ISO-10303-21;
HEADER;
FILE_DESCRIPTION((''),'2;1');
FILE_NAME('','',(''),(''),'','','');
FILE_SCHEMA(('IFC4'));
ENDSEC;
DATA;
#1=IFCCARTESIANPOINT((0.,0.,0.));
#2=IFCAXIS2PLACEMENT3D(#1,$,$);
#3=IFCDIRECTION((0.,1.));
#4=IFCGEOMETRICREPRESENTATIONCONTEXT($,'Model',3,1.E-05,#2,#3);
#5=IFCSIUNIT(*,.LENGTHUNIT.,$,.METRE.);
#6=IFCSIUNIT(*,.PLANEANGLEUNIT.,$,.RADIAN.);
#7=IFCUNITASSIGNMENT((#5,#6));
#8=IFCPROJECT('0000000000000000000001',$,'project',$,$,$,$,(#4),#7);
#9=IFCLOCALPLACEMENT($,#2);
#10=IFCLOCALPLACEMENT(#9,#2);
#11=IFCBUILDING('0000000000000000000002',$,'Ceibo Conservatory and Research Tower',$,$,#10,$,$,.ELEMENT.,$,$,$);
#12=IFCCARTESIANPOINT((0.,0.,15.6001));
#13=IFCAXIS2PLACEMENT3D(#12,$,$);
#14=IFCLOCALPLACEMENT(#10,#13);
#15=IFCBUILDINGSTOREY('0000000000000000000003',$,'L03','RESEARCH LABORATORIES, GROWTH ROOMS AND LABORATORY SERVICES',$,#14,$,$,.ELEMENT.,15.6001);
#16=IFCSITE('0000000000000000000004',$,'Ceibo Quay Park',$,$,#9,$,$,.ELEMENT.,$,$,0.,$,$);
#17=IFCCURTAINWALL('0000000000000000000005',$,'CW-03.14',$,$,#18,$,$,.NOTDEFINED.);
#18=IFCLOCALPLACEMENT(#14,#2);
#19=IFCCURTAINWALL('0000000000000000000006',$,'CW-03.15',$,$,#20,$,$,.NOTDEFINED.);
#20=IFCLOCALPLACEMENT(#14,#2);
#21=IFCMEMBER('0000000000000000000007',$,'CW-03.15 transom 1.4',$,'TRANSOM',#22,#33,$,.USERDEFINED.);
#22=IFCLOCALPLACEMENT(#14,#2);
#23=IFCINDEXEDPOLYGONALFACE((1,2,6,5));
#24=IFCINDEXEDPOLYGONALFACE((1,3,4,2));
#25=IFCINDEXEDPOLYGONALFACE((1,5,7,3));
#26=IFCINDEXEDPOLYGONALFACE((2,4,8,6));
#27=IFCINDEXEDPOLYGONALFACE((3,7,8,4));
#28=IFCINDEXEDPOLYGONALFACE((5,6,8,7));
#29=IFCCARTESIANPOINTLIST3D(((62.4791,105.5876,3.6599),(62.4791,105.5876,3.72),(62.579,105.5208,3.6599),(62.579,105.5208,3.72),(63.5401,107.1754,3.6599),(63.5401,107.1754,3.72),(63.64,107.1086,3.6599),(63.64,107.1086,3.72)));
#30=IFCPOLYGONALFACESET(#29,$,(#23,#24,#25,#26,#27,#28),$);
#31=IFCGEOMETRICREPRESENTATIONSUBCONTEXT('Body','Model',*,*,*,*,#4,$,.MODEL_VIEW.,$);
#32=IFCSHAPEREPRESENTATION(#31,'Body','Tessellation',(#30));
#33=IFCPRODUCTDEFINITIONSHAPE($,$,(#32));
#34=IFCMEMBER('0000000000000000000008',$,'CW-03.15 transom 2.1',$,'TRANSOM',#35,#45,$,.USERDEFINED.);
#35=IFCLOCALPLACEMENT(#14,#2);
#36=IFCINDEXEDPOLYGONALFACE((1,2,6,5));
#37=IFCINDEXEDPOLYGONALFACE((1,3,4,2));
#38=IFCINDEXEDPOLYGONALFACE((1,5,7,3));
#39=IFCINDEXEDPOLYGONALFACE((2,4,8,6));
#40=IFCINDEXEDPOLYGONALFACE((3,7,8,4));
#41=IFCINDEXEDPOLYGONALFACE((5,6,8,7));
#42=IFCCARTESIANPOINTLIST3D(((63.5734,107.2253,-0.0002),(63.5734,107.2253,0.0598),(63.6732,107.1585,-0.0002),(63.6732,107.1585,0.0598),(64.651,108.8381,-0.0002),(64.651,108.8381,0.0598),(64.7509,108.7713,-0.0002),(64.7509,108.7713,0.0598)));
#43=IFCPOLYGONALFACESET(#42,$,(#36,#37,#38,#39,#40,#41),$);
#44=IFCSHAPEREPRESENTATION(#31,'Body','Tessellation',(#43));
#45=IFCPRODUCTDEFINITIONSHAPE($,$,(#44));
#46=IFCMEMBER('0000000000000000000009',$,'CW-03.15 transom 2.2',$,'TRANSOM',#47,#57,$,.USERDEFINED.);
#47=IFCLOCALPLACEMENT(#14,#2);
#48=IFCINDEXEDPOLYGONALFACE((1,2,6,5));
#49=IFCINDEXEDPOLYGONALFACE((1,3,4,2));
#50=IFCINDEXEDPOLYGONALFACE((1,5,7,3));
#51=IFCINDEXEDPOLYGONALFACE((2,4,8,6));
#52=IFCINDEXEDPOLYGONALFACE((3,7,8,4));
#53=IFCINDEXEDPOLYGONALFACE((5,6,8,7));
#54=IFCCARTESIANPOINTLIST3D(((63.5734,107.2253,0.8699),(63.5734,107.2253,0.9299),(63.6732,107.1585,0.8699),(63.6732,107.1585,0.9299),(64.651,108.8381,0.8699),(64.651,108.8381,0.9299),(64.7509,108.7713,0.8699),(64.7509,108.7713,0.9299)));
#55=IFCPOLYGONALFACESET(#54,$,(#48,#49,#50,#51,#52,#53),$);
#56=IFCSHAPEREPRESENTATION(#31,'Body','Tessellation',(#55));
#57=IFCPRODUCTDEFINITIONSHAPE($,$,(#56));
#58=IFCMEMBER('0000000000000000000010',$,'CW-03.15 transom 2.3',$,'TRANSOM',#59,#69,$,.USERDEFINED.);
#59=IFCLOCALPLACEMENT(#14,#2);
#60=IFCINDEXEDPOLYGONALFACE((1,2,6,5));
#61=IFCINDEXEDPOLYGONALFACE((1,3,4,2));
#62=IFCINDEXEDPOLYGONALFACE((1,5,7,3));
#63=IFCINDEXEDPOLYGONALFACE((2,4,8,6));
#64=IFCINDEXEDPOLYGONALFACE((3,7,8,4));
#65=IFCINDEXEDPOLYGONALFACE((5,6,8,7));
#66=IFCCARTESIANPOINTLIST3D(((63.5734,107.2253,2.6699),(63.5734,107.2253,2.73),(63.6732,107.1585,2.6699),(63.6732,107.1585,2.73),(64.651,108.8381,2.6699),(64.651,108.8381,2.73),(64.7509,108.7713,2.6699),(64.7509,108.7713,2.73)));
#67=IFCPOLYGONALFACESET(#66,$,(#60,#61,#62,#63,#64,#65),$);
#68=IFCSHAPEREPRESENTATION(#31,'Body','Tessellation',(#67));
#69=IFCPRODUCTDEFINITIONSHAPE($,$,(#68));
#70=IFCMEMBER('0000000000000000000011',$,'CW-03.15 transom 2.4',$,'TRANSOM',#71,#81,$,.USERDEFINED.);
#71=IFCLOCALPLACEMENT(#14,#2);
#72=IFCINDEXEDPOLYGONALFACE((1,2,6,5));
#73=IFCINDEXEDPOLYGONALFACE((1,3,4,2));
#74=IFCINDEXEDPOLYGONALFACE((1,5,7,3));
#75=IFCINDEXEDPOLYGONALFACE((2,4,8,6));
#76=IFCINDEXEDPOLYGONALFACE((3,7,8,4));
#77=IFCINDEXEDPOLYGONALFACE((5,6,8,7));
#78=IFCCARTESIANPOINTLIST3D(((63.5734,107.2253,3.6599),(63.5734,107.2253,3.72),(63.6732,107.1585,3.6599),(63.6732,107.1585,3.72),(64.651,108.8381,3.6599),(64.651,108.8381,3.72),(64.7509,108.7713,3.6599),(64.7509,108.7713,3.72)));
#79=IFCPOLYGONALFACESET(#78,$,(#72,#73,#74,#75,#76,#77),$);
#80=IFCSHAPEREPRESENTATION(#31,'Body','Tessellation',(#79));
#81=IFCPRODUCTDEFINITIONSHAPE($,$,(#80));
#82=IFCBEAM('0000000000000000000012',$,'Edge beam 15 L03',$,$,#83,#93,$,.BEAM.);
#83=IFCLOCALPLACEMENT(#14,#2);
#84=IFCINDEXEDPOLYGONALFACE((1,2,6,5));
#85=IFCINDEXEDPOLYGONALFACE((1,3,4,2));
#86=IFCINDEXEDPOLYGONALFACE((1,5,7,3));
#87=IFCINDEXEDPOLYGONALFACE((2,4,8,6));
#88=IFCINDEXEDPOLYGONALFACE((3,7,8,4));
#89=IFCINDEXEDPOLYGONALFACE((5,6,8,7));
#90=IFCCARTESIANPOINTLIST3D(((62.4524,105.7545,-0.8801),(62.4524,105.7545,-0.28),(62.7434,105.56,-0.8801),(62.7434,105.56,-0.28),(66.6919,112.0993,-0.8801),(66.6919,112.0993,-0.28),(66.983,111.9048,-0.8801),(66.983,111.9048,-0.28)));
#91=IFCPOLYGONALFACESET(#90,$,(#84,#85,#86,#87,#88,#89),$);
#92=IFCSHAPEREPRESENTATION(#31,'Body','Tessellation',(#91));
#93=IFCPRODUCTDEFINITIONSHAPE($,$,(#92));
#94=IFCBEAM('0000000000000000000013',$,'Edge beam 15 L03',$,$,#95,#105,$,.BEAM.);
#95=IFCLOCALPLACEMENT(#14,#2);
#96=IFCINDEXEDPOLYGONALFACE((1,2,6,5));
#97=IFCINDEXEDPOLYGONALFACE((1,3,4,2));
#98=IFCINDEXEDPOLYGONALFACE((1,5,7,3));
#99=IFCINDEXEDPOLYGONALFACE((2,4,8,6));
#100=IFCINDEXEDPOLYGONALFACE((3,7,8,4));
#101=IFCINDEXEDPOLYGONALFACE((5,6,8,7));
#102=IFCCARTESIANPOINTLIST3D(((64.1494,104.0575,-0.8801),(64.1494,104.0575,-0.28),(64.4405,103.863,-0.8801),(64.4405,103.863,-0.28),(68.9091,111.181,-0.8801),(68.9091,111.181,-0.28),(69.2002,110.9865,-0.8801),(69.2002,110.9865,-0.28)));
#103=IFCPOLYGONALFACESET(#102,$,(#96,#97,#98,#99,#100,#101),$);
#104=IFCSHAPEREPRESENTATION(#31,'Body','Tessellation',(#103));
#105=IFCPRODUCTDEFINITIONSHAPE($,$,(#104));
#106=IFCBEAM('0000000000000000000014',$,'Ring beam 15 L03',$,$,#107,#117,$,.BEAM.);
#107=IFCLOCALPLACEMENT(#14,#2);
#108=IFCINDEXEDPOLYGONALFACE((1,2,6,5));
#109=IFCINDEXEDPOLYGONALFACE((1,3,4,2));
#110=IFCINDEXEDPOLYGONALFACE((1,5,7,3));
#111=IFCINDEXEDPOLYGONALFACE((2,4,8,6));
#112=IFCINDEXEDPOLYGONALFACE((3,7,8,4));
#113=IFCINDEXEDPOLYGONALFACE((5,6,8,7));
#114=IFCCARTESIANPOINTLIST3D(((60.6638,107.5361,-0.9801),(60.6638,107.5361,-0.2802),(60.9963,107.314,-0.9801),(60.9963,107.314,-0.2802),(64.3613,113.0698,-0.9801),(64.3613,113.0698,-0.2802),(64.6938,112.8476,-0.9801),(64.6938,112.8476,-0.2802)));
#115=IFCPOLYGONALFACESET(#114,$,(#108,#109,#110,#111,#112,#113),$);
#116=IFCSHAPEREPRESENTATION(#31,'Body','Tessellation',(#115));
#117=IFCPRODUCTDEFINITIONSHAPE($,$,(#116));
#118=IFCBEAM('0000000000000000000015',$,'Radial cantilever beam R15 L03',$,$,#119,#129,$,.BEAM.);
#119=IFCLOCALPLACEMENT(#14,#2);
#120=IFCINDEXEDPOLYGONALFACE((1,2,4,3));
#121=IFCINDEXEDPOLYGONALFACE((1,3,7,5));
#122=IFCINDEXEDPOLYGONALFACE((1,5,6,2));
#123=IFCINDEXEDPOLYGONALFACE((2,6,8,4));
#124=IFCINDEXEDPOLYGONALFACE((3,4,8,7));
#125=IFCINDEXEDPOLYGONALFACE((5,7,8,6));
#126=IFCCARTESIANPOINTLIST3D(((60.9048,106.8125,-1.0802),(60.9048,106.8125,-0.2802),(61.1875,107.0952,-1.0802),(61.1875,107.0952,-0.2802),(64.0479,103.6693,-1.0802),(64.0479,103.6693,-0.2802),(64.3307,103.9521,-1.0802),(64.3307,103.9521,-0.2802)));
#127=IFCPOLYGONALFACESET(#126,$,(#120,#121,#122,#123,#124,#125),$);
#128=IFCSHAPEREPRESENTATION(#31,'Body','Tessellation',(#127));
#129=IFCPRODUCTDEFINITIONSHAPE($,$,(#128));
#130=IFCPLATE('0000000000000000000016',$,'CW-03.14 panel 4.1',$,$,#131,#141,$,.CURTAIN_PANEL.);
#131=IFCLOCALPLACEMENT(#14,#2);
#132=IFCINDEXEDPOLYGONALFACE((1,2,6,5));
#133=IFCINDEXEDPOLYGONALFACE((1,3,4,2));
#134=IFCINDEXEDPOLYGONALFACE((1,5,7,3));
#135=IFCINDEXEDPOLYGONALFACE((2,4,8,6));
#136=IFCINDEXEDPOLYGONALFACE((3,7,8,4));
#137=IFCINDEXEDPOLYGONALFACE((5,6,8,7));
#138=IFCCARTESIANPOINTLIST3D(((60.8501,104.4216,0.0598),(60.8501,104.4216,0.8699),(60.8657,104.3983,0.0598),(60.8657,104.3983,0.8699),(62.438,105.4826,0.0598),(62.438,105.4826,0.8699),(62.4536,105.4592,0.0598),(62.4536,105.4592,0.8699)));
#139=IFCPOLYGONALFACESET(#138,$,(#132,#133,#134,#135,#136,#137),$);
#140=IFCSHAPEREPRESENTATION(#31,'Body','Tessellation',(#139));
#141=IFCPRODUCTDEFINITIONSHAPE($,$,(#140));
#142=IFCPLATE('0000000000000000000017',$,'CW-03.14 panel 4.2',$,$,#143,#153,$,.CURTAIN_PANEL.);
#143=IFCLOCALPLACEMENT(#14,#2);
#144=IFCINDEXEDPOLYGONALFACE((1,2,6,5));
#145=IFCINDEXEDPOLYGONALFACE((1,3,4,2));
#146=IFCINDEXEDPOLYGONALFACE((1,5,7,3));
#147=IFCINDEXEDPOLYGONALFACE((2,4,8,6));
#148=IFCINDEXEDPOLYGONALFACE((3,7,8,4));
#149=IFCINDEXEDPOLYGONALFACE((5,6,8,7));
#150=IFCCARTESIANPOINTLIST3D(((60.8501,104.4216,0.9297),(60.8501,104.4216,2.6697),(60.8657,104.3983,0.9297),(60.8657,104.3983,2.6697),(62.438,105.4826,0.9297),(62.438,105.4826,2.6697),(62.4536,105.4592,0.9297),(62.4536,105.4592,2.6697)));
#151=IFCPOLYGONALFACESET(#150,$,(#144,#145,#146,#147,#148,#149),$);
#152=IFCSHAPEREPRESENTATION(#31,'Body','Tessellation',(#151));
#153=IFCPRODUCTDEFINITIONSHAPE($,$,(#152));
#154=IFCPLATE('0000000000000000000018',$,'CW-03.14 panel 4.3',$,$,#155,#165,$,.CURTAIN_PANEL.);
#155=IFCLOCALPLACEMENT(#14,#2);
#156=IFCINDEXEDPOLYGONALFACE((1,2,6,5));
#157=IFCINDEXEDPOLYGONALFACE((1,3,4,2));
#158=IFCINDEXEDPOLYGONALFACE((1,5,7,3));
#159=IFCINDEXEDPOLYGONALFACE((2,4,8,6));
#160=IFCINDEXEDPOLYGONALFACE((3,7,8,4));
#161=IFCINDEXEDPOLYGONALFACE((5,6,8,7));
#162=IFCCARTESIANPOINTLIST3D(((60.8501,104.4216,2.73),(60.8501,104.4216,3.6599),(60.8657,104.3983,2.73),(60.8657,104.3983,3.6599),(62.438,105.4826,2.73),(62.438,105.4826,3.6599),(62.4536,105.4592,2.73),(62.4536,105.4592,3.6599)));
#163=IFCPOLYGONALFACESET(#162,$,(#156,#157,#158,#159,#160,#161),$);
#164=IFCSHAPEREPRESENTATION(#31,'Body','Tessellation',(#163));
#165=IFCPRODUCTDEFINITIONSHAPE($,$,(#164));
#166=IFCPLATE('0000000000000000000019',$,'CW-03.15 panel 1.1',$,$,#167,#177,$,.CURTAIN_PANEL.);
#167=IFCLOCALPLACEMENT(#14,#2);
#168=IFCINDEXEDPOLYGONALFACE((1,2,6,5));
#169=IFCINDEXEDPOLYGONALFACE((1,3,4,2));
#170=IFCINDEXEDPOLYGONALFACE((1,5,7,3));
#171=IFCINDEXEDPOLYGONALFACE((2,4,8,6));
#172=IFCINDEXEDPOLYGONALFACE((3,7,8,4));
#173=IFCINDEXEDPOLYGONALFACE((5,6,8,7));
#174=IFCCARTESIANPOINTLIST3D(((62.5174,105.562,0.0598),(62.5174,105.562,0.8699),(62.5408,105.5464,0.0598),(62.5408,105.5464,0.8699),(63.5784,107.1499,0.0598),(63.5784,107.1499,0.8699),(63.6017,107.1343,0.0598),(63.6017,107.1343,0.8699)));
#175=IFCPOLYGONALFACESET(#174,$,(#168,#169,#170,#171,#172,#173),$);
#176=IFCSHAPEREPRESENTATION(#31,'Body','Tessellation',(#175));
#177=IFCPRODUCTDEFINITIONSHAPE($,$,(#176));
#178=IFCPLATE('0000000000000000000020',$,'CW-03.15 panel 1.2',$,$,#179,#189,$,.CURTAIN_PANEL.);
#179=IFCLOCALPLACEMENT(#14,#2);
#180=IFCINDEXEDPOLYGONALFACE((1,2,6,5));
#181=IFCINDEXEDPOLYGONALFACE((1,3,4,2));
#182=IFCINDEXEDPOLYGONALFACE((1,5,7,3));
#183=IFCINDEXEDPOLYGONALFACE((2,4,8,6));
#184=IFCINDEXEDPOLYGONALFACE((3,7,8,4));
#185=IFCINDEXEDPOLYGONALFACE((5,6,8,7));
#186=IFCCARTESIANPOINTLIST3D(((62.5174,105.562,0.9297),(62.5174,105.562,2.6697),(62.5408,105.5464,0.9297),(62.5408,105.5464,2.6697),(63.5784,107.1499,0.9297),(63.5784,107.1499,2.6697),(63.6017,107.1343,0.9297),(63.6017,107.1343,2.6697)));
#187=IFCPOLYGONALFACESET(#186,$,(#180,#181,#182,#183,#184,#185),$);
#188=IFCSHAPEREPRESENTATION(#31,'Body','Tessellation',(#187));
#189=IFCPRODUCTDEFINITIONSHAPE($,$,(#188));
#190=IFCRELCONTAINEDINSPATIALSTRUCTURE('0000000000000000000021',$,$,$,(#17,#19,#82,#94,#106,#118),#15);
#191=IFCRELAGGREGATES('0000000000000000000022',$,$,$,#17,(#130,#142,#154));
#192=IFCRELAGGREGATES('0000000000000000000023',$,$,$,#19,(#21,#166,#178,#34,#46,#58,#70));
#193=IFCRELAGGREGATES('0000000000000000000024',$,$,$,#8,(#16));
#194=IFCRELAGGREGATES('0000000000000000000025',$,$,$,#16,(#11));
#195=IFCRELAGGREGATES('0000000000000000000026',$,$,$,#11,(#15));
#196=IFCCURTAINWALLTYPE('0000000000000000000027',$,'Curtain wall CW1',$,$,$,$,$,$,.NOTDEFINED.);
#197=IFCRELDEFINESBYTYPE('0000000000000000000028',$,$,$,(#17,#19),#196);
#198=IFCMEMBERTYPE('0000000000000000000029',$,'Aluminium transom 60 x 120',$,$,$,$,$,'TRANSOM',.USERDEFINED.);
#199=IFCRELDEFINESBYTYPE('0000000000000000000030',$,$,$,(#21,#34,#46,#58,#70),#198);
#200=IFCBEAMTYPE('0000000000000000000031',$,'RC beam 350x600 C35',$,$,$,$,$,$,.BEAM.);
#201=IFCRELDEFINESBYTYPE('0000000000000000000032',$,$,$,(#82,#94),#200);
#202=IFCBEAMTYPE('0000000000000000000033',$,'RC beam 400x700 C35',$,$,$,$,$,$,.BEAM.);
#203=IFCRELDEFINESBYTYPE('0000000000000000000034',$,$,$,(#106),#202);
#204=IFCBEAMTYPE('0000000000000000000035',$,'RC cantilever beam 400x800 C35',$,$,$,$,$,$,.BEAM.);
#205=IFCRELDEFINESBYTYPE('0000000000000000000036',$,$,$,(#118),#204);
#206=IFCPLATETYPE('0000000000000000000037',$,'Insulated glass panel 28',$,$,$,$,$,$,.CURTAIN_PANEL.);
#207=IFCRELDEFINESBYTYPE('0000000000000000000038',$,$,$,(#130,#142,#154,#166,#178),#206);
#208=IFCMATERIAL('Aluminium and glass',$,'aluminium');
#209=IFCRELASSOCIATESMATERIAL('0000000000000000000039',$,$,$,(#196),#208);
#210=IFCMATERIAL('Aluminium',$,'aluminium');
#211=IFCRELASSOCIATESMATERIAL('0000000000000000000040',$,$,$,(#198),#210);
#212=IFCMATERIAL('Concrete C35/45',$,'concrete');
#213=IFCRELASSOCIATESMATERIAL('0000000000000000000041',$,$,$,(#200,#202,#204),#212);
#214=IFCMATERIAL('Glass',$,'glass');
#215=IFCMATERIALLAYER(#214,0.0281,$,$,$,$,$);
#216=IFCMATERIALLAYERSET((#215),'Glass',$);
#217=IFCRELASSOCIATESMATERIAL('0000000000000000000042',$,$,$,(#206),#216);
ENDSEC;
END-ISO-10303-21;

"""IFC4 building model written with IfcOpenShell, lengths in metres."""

from ifc_helpers import new_model, si_unit, direction, frame, origin, origin_2d, place, context, subcontext, project, spatial, rectangle, extrude, material, layer, layer_set, material_profile, profile_set, type_object, element, aggregate, save


model = new_model("IFC4")

# Units and contexts
model_context = context("Model", 3, precision=1e-05, world=origin(), true_north=direction((0.0, 1.0)))
body_context = subcontext(model_context, "Body", "Model", "MODEL_VIEW")
ifc_project = project(units=[si_unit("LENGTHUNIT", "METRE"), si_unit("PLANEANGLEUNIT", "RADIAN")], contexts=[model_context])

# Site, building, storey
site_placement = place(None, origin())
site = spatial("IfcSite", under=ifc_project, at=site_placement, Name="Ceibo Quay Park", CompositionType="ELEMENT", RefElevation=0.0)
building_placement = place(site_placement, origin())
building = spatial("IfcBuilding", under=site, at=building_placement, Name="Ceibo Conservatory and Research Tower", CompositionType="ELEMENT")
storey_placement = place(building_placement, frame((0.0, 0.0, 15.6001)))
storey = spatial("IfcBuildingStorey", under=building, at=storey_placement, Name="L03", Description="RESEARCH LABORATORIES, GROWTH ROOMS AND LABORATORY SERVICES", CompositionType="ELEMENT", Elevation=15.6001)

# Shared definitions
ifc_material_1 = material(Name="Concrete C35/45", Category="concrete")

# Curtain walls
ifc_material_2 = material(Name="Aluminium and glass", Category="aluminium")
curtain_wall_type = type_object("IfcCurtainWallType", Name="Curtain wall CW1", PredefinedType="NOTDEFINED", material=ifc_material_2)
curtain_wall_1_placement = place(storey_placement, origin())
curtain_wall_1 = element("IfcCurtainWall", 1, at=curtain_wall_1_placement, inside=storey, type_object=curtain_wall_type, Name="CW-03.14", PredefinedType="NOTDEFINED")
ifc_material_3 = material(Name="Aluminium", Category="aluminium")
curtain_wall_2_placement = place(storey_placement, origin())
curtain_wall_2 = element("IfcCurtainWall", 2, at=curtain_wall_2_placement, inside=storey, type_object=curtain_wall_type, Name="CW-03.15", PredefinedType="NOTDEFINED")

# Members
ifc_material_profile_1 = material_profile(ifc_material_3, rectangle(XDim=0.1201, YDim=0.0601, at=origin_2d()), Name="Aluminium 60 x 120")
ifc_profile_set_1 = profile_set([ifc_material_profile_1], Name="Aluminium")
member_type_1 = type_object("IfcMemberType", Name="Aluminium transom 60 x 120", ElementType="TRANSOM", PredefinedType="USERDEFINED", material=ifc_profile_set_1)
member_1_placement = place(storey_placement, frame((62.5291, 105.5542, 3.6899), z_axis=(0.555585, 0.83146, 0.0), x_axis=(-0.83146, 0.555585, 0.0)))
member_1 = element("IfcMember", 3, at=member_1_placement, type_object=member_type_1, Name="CW-03.15 transom 1.4", ObjectType="TRANSOM", PredefinedType="USERDEFINED", context=body_context, shape_type="SweptSolid", body=[
    extrude(rectangle(XDim=0.1201, YDim=0.0601, at=origin_2d()), origin(), (0.0, 0.0, 1.0), 1.9097),
])
member_2_placement = place(storey_placement, frame((63.6233, 107.1919, 0.0298), z_axis=(0.555571, 0.831469, 0.0), x_axis=(-0.831469, 0.555571, 0.0)))
member_2 = element("IfcMember", 4, at=member_2_placement, type_object=member_type_1, Name="CW-03.15 transom 2.1", ObjectType="TRANSOM", PredefinedType="USERDEFINED", context=body_context, shape_type="SweptSolid", body=[
    extrude(rectangle(XDim=0.1201, YDim=0.0601, at=origin_2d()), origin(), (0.0, 0.0, 1.0), 1.9397),
])
member_3_placement = place(storey_placement, frame((63.6233, 107.1919, 0.8999), z_axis=(0.555571, 0.831469, 0.0), x_axis=(-0.831469, 0.555571, 0.0)))
member_3 = element("IfcMember", 5, at=member_3_placement, type_object=member_type_1, Name="CW-03.15 transom 2.2", ObjectType="TRANSOM", PredefinedType="USERDEFINED", context=body_context, shape_type="SweptSolid", body=[
    extrude(rectangle(XDim=0.1201, YDim=0.0601, at=origin_2d()), origin(), (0.0, 0.0, 1.0), 1.9397),
])
member_4_placement = place(storey_placement, frame((63.6233, 107.1919, 2.7), z_axis=(0.555571, 0.831469, 0.0), x_axis=(-0.831469, 0.555571, 0.0)))
member_4 = element("IfcMember", 6, at=member_4_placement, type_object=member_type_1, Name="CW-03.15 transom 2.3", ObjectType="TRANSOM", PredefinedType="USERDEFINED", context=body_context, shape_type="SweptSolid", body=[
    extrude(rectangle(XDim=0.1201, YDim=0.0601, at=origin_2d()), origin(), (0.0, 0.0, 1.0), 1.9397),
])
member_5_placement = place(storey_placement, frame((63.6233, 107.1919, 3.6899), z_axis=(0.555571, 0.831469, 0.0), x_axis=(-0.831469, 0.555571, 0.0)))
member_5 = element("IfcMember", 7, at=member_5_placement, type_object=member_type_1, Name="CW-03.15 transom 2.4", ObjectType="TRANSOM", PredefinedType="USERDEFINED", context=body_context, shape_type="SweptSolid", body=[
    extrude(rectangle(XDim=0.1201, YDim=0.0601, at=origin_2d()), origin(), (0.0, 0.0, 1.0), 1.9397),
])

# Beams
ifc_material_profile_2 = material_profile(ifc_material_1, rectangle(XDim=0.3501, YDim=0.6001, at=origin_2d()), Name="RC 350x600")
ifc_profile_set_2 = profile_set([ifc_material_profile_2], Name="Concrete C35/45")
beam_type_1 = type_object("IfcBeamType", Name="RC beam 350x600 C35", PredefinedType="BEAM", material=ifc_profile_set_2)
beam_1_placement = place(storey_placement, frame((62.5979, 105.6572, -0.5801), z_axis=(0.555578, 0.831464, 0.0), x_axis=(-0.831464, 0.555578, 0.0)))
element("IfcBeam", 8, at=beam_1_placement, inside=storey, type_object=beam_type_1, Name="Edge beam 15 L03", PredefinedType="BEAM", context=body_context, shape_type="SweptSolid", body=[
    extrude(rectangle(XDim=0.3501, YDim=0.6001, at=origin_2d()), origin(), (0.0, 0.0, 1.0), 7.6309),
])
beam_2_placement = place(storey_placement, frame((64.2949, 103.9602, -0.5801), z_axis=(0.555568, 0.831471, 0.0), x_axis=(-0.831471, 0.555568, 0.0)))
element("IfcBeam", 9, at=beam_2_placement, inside=storey, type_object=beam_type_1, Name="Edge beam 15 L03", PredefinedType="BEAM", context=body_context, shape_type="SweptSolid", body=[
    extrude(rectangle(XDim=0.3501, YDim=0.6001, at=origin_2d()), origin(), (0.0, 0.0, 1.0), 8.5674),
])
ifc_material_profile_3 = material_profile(ifc_material_1, rectangle(XDim=0.3999, YDim=0.7, at=origin_2d()), Name="RC 400x700")
ifc_profile_set_3 = profile_set([ifc_material_profile_3], Name="Concrete C35/45")
beam_type_2 = type_object("IfcBeamType", Name="RC beam 400x700 C35", PredefinedType="BEAM", material=ifc_profile_set_3)
beam_3_placement = place(storey_placement, frame((60.8301, 107.425, -0.6301), z_axis=(0.555572, 0.831469, 0.0), x_axis=(-0.831469, 0.555572, 0.0)))
element("IfcBeam", 10, at=beam_3_placement, inside=storey, type_object=beam_type_2, Name="Ring beam 15 L03", PredefinedType="BEAM", context=body_context, shape_type="SweptSolid", body=[
    extrude(rectangle(XDim=0.3999, YDim=0.7, at=origin_2d()), origin(), (0.0, 0.0, 1.0), 6.6553),
])
ifc_material_profile_4 = material_profile(ifc_material_1, rectangle(XDim=0.3999, YDim=0.8, at=origin_2d()), Name="RC 400x800")
ifc_profile_set_4 = profile_set([ifc_material_profile_4], Name="Concrete C35/45")
beam_type_3 = type_object("IfcBeamType", Name="RC cantilever beam 400x800 C35", PredefinedType="BEAM", material=ifc_profile_set_4)
beam_4_placement = place(storey_placement, frame((61.0461, 106.9539, -0.6802), z_axis=(0.707107, -0.707107, 0.0), x_axis=(0.707107, 0.707107, 0.0)))
element("IfcBeam", 11, at=beam_4_placement, inside=storey, type_object=beam_type_3, Name="Radial cantilever beam R15 L03", PredefinedType="BEAM", context=body_context, shape_type="SweptSolid", body=[
    extrude(rectangle(XDim=0.3999, YDim=0.8, at=origin_2d()), origin(), (0.0, 0.0, 1.0), 4.4451),
])

# Plates
ifc_material_4 = material(Name="Glass", Category="glass")
ifc_layer_1 = layer(ifc_material_4, 0.0281)
ifc_layer_set_1 = layer_set([ifc_layer_1], Name="Glass")
plate_type = type_object("IfcPlateType", Name="Insulated glass panel 28", PredefinedType="CURTAIN_PANEL", material=ifc_layer_set_1)
plate_1_placement = place(storey_placement, frame((61.6519, 104.9404, 0.0598), z_axis=(0.0, 0.0, 1.0), x_axis=(0.83147, 0.55557, 0.0)))
plate_1 = element("IfcPlate", 12, at=plate_1_placement, type_object=plate_type, Name="CW-03.14 panel 4.1", PredefinedType="CURTAIN_PANEL", context=body_context, shape_type="SweptSolid", body=[
    extrude(rectangle(XDim=1.9097, YDim=0.0281, at=origin_2d()), origin(), (0.0, 0.0, 1.0), 0.8101),
])
plate_2_placement = place(storey_placement, frame((61.6519, 104.9404, 0.9297), z_axis=(0.0, 0.0, 1.0), x_axis=(0.83147, 0.55557, 0.0)))
plate_2 = element("IfcPlate", 13, at=plate_2_placement, type_object=plate_type, Name="CW-03.14 panel 4.2", PredefinedType="CURTAIN_PANEL", context=body_context, shape_type="SweptSolid", body=[
    extrude(rectangle(XDim=1.9097, YDim=0.0281, at=origin_2d()), origin(), (0.0, 0.0, 1.0), 1.74),
])
plate_3_placement = place(storey_placement, frame((61.6519, 104.9404, 2.73), z_axis=(0.0, 0.0, 1.0), x_axis=(0.83147, 0.55557, 0.0)))
plate_3 = element("IfcPlate", 14, at=plate_3_placement, type_object=plate_type, Name="CW-03.14 panel 4.3", PredefinedType="CURTAIN_PANEL", context=body_context, shape_type="SweptSolid", body=[
    extrude(rectangle(XDim=1.9097, YDim=0.0281, at=origin_2d()), origin(), (0.0, 0.0, 1.0), 0.9299),
])
aggregate(curtain_wall_1, [plate_1, plate_2, plate_3])
plate_4_placement = place(storey_placement, frame((63.0596, 106.3481, 0.0598), z_axis=(0.0, 0.0, 1.0), x_axis=(0.55557, 0.83147, 0.0)))
plate_4 = element("IfcPlate", 15, at=plate_4_placement, type_object=plate_type, Name="CW-03.15 panel 1.1", PredefinedType="CURTAIN_PANEL", context=body_context, shape_type="SweptSolid", body=[
    extrude(rectangle(XDim=1.9097, YDim=0.0281, at=origin_2d()), origin(), (0.0, 0.0, 1.0), 0.8101),
])
plate_5_placement = place(storey_placement, frame((63.0596, 106.3481, 0.9297), z_axis=(0.0, 0.0, 1.0), x_axis=(0.55557, 0.83147, 0.0)))
plate_5 = element("IfcPlate", 16, at=plate_5_placement, type_object=plate_type, Name="CW-03.15 panel 1.2", PredefinedType="CURTAIN_PANEL", context=body_context, shape_type="SweptSolid", body=[
    extrude(rectangle(XDim=1.9097, YDim=0.0281, at=origin_2d()), origin(), (0.0, 0.0, 1.0), 1.74),
])
aggregate(curtain_wall_2, [member_1, plate_4, plate_5, member_2, member_3, member_4, member_5])

save(model, "model.ifc")
